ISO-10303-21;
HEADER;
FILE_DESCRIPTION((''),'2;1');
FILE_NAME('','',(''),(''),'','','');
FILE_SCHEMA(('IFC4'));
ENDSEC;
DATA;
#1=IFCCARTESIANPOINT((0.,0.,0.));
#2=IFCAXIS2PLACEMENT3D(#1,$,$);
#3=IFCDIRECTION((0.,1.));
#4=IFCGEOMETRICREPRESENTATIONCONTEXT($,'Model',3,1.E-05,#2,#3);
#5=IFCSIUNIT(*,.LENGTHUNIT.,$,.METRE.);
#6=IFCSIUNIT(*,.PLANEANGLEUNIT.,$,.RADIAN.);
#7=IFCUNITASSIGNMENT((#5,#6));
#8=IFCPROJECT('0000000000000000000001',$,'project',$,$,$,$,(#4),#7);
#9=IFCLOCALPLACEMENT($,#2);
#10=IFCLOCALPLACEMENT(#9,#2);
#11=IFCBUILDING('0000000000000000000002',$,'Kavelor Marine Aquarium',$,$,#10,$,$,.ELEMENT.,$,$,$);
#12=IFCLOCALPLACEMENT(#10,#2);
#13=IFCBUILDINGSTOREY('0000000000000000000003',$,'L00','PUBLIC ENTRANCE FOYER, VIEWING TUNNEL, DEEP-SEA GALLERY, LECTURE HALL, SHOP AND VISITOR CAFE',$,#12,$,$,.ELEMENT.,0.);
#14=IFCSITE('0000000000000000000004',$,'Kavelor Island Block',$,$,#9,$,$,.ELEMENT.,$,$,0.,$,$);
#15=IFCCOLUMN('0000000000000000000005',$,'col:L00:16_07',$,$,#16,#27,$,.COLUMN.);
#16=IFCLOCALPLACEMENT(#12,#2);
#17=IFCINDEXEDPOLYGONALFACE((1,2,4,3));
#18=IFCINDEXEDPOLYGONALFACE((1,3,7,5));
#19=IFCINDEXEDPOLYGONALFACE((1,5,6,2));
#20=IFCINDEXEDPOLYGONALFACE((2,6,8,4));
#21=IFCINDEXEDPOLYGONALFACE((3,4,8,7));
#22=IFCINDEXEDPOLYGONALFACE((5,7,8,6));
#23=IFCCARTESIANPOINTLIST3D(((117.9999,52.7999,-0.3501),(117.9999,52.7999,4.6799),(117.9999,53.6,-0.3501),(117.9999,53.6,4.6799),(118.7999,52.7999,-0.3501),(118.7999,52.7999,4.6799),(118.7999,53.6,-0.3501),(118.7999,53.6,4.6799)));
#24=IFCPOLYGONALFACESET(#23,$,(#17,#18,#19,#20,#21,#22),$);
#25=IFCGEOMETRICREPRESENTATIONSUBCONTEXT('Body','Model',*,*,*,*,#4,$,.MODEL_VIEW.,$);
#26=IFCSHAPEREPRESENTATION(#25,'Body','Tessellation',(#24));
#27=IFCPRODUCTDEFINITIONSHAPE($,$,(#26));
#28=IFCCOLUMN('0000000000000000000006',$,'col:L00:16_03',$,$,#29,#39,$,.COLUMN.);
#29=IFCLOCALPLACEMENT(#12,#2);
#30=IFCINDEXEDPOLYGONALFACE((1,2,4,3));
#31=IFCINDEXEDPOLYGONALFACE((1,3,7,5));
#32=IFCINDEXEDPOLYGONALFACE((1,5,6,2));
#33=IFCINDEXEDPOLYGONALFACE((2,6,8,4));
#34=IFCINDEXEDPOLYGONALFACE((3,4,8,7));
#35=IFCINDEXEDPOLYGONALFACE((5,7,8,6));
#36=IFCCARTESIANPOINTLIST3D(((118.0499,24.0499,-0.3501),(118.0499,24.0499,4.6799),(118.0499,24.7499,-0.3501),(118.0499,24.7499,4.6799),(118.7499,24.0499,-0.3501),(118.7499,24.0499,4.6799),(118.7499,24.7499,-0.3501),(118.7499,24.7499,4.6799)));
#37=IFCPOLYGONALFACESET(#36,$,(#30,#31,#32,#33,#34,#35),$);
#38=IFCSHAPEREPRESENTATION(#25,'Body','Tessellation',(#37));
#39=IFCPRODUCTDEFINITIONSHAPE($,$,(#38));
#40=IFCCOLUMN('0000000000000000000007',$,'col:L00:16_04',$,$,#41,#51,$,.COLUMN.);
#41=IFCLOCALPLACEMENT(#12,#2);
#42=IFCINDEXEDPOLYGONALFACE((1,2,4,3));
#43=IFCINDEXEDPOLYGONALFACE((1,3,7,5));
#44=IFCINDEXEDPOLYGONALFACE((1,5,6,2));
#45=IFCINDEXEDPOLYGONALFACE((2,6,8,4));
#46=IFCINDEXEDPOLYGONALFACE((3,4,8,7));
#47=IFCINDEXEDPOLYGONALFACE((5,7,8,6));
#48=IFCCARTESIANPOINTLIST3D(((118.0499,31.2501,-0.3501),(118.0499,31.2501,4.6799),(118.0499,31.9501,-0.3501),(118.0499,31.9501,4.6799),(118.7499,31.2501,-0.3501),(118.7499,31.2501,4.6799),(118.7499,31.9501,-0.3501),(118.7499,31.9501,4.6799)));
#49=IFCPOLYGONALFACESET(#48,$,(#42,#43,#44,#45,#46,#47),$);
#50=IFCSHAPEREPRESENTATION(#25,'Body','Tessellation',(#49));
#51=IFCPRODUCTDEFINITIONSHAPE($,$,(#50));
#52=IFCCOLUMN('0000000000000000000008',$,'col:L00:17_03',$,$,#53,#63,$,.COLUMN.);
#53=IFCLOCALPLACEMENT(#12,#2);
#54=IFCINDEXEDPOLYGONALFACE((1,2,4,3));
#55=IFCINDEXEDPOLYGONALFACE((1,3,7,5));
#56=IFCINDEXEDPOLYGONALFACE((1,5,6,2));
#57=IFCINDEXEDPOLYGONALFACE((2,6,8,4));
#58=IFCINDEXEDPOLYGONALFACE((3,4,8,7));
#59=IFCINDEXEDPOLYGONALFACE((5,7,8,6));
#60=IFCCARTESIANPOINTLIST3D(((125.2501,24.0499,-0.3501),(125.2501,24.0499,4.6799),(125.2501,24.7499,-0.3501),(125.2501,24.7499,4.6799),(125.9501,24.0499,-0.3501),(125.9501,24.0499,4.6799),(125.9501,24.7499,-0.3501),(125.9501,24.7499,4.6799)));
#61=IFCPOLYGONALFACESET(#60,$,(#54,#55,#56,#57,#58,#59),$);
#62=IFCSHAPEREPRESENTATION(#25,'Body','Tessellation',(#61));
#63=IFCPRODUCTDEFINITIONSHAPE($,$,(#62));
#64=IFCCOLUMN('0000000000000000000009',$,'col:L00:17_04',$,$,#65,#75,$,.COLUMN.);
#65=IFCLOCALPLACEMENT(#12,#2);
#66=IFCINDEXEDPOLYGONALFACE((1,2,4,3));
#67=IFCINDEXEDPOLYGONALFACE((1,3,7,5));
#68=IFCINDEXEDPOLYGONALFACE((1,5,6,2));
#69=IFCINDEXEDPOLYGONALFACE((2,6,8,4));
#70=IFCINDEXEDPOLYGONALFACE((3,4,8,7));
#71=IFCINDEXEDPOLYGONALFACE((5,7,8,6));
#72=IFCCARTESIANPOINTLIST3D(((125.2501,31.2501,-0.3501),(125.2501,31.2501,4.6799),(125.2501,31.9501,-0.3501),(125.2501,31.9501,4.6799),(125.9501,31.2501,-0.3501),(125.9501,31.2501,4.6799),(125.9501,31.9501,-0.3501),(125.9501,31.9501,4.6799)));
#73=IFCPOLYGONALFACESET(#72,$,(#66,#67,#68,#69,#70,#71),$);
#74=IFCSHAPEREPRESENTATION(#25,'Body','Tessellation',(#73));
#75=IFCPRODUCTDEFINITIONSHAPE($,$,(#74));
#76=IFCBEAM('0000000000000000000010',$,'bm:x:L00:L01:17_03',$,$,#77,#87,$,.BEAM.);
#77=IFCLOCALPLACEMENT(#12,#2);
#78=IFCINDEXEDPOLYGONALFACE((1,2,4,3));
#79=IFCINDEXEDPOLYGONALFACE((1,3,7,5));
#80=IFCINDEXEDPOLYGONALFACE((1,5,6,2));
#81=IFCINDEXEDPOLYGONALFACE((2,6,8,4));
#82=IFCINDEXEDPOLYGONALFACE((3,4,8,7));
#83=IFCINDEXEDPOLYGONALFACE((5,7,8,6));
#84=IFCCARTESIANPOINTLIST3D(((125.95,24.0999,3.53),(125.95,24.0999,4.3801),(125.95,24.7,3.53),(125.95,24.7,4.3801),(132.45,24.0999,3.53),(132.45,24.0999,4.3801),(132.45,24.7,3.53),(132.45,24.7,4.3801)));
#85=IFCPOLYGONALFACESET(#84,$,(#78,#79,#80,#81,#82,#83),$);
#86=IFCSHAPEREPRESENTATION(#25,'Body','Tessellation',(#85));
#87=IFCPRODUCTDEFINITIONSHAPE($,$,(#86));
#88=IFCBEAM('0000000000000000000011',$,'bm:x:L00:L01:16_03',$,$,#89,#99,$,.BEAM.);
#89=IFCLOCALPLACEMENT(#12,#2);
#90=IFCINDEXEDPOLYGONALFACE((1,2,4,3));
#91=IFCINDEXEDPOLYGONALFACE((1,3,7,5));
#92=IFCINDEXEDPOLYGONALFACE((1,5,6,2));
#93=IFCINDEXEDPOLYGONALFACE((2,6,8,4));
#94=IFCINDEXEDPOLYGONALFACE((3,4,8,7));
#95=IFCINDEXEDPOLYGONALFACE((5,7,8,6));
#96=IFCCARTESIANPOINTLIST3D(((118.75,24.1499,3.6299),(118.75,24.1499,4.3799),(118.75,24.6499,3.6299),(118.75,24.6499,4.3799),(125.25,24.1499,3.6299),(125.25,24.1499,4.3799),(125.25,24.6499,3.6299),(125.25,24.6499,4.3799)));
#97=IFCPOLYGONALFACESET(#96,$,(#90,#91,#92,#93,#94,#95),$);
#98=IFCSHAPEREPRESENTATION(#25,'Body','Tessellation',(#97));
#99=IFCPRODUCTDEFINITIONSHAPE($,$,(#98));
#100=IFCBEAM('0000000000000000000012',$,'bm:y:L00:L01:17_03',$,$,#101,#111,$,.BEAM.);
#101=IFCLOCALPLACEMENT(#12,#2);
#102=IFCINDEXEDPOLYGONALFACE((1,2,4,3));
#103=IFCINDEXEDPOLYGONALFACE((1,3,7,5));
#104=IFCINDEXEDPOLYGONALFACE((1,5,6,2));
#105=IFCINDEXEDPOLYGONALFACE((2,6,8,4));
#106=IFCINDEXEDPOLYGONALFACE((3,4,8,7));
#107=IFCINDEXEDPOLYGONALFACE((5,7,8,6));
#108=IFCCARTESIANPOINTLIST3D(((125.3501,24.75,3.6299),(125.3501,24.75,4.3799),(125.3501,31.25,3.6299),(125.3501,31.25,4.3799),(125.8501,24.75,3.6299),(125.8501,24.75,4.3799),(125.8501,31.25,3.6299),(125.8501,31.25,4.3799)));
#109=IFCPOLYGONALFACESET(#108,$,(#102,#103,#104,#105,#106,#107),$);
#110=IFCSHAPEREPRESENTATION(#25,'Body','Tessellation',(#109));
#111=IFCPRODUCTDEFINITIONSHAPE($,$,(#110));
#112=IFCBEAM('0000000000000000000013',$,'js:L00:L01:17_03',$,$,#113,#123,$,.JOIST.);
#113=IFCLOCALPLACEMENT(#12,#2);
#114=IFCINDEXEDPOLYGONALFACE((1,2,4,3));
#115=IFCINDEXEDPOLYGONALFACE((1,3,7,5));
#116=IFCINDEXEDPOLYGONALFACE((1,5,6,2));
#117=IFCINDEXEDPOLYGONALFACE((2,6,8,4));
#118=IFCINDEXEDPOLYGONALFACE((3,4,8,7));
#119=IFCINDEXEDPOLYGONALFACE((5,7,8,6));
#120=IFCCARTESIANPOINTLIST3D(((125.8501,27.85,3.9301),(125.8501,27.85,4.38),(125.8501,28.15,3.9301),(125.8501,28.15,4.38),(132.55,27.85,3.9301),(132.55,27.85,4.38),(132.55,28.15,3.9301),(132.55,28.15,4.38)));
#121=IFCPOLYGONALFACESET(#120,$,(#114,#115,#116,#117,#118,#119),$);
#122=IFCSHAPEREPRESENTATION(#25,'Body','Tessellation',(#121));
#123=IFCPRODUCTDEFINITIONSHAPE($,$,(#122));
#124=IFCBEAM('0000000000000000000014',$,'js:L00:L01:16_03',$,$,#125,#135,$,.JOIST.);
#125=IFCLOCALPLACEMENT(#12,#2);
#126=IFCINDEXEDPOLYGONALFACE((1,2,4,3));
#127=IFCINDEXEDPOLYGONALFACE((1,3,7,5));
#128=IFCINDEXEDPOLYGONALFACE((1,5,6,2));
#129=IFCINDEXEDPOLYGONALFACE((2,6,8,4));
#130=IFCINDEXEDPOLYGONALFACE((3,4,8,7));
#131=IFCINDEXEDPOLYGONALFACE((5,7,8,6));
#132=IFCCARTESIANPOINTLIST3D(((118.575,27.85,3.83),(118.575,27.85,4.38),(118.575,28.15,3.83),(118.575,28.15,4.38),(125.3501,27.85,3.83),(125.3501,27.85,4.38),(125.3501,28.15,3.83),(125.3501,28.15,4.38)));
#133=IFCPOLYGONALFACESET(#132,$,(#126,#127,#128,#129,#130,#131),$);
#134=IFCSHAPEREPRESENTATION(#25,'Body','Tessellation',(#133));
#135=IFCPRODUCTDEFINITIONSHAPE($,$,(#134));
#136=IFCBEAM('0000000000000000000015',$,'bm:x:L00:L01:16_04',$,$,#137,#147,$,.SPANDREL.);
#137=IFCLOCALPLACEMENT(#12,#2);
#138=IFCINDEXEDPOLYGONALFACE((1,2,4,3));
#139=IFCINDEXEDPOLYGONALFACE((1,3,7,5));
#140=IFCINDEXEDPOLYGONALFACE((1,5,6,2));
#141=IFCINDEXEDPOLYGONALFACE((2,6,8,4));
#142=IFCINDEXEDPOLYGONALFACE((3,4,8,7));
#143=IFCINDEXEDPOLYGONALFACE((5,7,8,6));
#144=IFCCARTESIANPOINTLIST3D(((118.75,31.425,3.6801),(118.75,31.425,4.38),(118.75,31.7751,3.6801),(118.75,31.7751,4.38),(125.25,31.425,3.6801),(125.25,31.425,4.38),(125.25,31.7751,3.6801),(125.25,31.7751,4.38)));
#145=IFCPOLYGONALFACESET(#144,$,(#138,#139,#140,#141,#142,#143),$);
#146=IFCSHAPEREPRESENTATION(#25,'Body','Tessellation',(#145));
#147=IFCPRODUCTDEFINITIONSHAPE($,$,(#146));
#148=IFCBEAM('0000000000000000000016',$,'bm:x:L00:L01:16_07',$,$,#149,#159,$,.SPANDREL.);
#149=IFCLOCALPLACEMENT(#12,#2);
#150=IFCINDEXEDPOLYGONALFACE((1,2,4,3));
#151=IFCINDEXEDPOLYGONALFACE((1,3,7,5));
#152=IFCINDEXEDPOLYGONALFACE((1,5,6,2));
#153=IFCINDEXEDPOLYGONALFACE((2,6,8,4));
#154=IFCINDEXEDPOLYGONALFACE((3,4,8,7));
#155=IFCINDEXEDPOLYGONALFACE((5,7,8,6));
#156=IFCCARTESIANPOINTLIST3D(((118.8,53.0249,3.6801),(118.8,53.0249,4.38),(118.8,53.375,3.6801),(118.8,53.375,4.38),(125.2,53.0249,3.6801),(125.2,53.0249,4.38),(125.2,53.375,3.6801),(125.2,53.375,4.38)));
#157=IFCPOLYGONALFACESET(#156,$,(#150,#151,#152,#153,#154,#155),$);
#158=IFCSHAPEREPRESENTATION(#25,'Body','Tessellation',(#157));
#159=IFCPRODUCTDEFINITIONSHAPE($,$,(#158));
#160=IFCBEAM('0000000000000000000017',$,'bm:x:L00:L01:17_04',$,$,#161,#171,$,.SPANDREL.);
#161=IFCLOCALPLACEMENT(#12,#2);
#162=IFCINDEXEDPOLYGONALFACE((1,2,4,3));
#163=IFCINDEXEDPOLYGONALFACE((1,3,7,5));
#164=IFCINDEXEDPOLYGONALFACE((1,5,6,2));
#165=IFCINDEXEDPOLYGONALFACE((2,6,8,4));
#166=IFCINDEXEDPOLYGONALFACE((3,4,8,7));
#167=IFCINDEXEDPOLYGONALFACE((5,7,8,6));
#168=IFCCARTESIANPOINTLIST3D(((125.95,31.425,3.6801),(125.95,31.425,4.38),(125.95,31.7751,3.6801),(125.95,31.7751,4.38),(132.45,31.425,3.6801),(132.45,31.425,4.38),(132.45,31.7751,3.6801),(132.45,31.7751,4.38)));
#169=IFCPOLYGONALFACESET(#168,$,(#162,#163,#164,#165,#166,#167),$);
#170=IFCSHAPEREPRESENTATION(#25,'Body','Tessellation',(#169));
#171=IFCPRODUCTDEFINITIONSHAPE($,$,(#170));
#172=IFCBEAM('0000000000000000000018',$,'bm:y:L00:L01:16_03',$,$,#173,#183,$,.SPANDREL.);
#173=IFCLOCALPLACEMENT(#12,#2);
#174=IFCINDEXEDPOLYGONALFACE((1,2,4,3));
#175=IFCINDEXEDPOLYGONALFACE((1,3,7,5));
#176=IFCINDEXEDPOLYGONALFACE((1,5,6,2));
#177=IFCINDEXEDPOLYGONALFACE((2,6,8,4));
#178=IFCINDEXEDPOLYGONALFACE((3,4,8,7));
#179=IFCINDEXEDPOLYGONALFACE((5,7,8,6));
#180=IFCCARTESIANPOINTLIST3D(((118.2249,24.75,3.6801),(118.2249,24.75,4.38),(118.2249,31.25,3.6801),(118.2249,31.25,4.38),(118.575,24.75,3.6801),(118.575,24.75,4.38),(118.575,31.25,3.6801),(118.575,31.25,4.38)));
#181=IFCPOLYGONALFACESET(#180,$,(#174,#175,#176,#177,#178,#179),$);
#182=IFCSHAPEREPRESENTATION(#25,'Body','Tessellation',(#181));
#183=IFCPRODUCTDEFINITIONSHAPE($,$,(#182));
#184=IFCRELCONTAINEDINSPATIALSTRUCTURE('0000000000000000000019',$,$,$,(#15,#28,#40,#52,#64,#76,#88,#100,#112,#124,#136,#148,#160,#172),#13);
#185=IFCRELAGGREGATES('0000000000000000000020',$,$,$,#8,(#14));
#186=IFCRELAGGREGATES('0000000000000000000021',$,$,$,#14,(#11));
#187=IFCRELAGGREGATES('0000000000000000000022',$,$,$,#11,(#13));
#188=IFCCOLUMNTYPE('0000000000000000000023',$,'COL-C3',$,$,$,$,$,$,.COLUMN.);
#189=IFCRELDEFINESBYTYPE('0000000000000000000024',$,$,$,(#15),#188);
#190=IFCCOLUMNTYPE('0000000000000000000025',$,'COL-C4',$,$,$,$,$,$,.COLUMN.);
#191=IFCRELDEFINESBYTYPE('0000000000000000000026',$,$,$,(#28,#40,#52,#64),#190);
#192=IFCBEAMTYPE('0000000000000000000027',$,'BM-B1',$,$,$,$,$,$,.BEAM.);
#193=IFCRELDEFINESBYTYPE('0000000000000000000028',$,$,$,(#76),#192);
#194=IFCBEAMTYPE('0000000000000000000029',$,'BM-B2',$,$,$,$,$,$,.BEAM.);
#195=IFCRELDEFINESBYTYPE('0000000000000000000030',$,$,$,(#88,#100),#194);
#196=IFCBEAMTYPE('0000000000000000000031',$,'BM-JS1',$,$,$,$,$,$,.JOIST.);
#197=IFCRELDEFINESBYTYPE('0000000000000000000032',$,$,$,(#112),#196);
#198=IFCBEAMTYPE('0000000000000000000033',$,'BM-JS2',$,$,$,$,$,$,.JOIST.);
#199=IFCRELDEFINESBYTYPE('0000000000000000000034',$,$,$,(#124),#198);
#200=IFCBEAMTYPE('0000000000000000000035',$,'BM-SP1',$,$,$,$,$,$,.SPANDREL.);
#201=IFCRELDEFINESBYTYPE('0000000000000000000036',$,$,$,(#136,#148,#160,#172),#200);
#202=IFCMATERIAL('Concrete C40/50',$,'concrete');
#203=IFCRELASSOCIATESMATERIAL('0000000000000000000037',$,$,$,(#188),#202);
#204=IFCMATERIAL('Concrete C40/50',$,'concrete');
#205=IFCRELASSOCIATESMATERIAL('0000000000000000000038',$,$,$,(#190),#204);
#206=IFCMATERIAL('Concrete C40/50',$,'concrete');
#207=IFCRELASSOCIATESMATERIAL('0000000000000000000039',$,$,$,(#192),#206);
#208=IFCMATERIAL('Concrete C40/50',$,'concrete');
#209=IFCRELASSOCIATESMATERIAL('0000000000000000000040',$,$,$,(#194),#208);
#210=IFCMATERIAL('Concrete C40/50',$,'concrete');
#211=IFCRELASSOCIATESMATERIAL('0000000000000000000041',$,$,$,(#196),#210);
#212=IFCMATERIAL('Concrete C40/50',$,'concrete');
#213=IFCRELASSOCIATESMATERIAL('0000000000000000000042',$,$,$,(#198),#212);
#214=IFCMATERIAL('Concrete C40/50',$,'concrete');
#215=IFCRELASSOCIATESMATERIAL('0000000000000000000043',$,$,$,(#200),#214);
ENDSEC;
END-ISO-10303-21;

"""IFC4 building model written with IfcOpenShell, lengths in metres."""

from ifc_helpers import new_model, si_unit, direction, frame, origin, origin_2d, place, context, subcontext, project, spatial, rectangle, extrude, material, material_profile, profile_set, type_object, element, save


model = new_model("IFC4")

# Units and contexts
model_context = context("Model", 3, precision=1e-05, world=origin(), true_north=direction((0.0, 1.0)))
body_context = subcontext(model_context, "Body", "Model", "MODEL_VIEW")
ifc_project = project(units=[si_unit("LENGTHUNIT", "METRE"), si_unit("PLANEANGLEUNIT", "RADIAN")], contexts=[model_context])

# Site, building, storey
site_placement = place(None, origin())
site = spatial("IfcSite", under=ifc_project, at=site_placement, Name="Kavelor Island Block", CompositionType="ELEMENT", RefElevation=0.0)
building_placement = place(site_placement, origin())
building = spatial("IfcBuilding", under=site, at=building_placement, Name="Kavelor Marine Aquarium", CompositionType="ELEMENT")
storey_placement = place(building_placement, origin())
storey = spatial("IfcBuildingStorey", under=building, at=storey_placement, Name="L00", Description="PUBLIC ENTRANCE FOYER, VIEWING TUNNEL, DEEP-SEA GALLERY, LECTURE HALL, SHOP AND VISITOR CAFE", CompositionType="ELEMENT", Elevation=0.0)

# Columns
ifc_material_1 = material(Name="Concrete C40/50", Category="concrete")
ifc_material_profile_1 = material_profile(ifc_material_1, rectangle(XDim=0.8, YDim=0.8, at=origin_2d()), Name="RC-COL 800x800")
ifc_profile_set_1 = profile_set([ifc_material_profile_1], Name="Concrete C40/50")
column_type_1 = type_object("IfcColumnType", Name="COL-C3", PredefinedType="COLUMN", material=ifc_profile_set_1)
column_placement = place(storey_placement, frame((118.3999, 53.2, -0.3501), z_axis=(0.0, 0.0, 1.0), x_axis=(1.0, 0.0, 0.0)))
element("IfcColumn", 1, at=column_placement, inside=storey, type_object=column_type_1, Name="col:L00:16_07", PredefinedType="COLUMN", context=body_context, shape_type="SweptSolid", body=[
    extrude(rectangle(XDim=0.8, YDim=0.8, at=origin_2d()), origin(), (0.0, 0.0, 1.0), 5.03),
])
ifc_material_2 = material(Name="Concrete C40/50", Category="concrete")
ifc_material_profile_2 = material_profile(ifc_material_2, rectangle(XDim=0.7, YDim=0.7, at=origin_2d()), Name="RC-COL 700x700")
ifc_profile_set_2 = profile_set([ifc_material_profile_2], Name="Concrete C40/50")
column_type_2 = type_object("IfcColumnType", Name="COL-C4", PredefinedType="COLUMN", material=ifc_profile_set_2)
for number, where, z_axis, x_axis, name in (
    (2, (118.3999, 24.3999, -0.3501), (0.0, 0.0, 1.0), (1.0, 0.0, 0.0), "col:L00:16_03"),
    (3, (118.3999, 31.6001, -0.3501), (0.0, 0.0, 1.0), (1.0, 0.0, 0.0), "col:L00:16_04"),
    (4, (125.6001, 24.3999, -0.3501), (0.0, 0.0, 1.0), (1.0, 0.0, 0.0), "col:L00:17_03"),
    (5, (125.6001, 31.6001, -0.3501), (0.0, 0.0, 1.0), (1.0, 0.0, 0.0), "col:L00:17_04"),
):
    element("IfcColumn", number, at=place(storey_placement, frame(where, z_axis=z_axis, x_axis=x_axis)), inside=storey, type_object=column_type_2, Name=name, PredefinedType="COLUMN", context=body_context, shape_type="SweptSolid", body=[
        extrude(rectangle(XDim=0.7, YDim=0.7, at=origin_2d()), origin(), (0.0, 0.0, 1.0), 5.03),
    ])

# Beams
ifc_material_3 = material(Name="Concrete C40/50", Category="concrete")
ifc_material_profile_3 = material_profile(ifc_material_3, rectangle(XDim=0.6001, YDim=0.8501, at=origin_2d()), Name="RC-BM 600x850")
ifc_profile_set_3 = profile_set([ifc_material_profile_3], Name="Concrete C40/50")
beam_type_1 = type_object("IfcBeamType", Name="BM-B1", PredefinedType="BEAM", material=ifc_profile_set_3)
beam_1_placement = place(storey_placement, frame((125.95, 24.3999, 3.9551), z_axis=(1.0, 0.0, 0.0), x_axis=(0.0, 1.0, 0.0)))
element("IfcBeam", 6, at=beam_1_placement, inside=storey, type_object=beam_type_1, Name="bm:x:L00:L01:17_03", PredefinedType="BEAM", context=body_context, shape_type="SweptSolid", body=[
    extrude(rectangle(XDim=0.6001, YDim=0.8501, at=origin_2d()), origin(), (0.0, 0.0, 1.0), 6.5),
])
ifc_material_4 = material(Name="Concrete C40/50", Category="concrete")
ifc_material_profile_4 = material_profile(ifc_material_4, rectangle(XDim=0.5, YDim=0.75, at=origin_2d()), Name="RC-BM 500x750")
ifc_profile_set_4 = profile_set([ifc_material_profile_4], Name="Concrete C40/50")
beam_type_2 = type_object("IfcBeamType", Name="BM-B2", PredefinedType="BEAM", material=ifc_profile_set_4)
for number, where, z_axis, x_axis, name in (
    (7, (118.75, 24.3999, 4.0049), (1.0, 0.0, 0.0), (0.0, 1.0, 0.0), "bm:x:L00:L01:16_03"),
    (8, (125.6001, 24.75, 4.0049), (0.0, 1.0, 0.0), (-1.0, 0.0, 0.0), "bm:y:L00:L01:17_03"),
):
    element("IfcBeam", number, at=place(storey_placement, frame(where, z_axis=z_axis, x_axis=x_axis)), inside=storey, type_object=beam_type_2, Name=name, PredefinedType="BEAM", context=body_context, shape_type="SweptSolid", body=[
        extrude(rectangle(XDim=0.5, YDim=0.75, at=origin_2d()), origin(), (0.0, 0.0, 1.0), 6.5),
    ])
ifc_material_5 = material(Name="Concrete C40/50", Category="concrete")
ifc_material_profile_5 = material_profile(ifc_material_5, rectangle(XDim=0.3, YDim=0.45, at=origin_2d()), Name="RC-JS 300x450")
ifc_profile_set_5 = profile_set([ifc_material_profile_5], Name="Concrete C40/50")
beam_type_3 = type_object("IfcBeamType", Name="BM-JS1", PredefinedType="JOIST", material=ifc_profile_set_5)
beam_2_placement = place(storey_placement, frame((125.8501, 28.0, 4.155), z_axis=(1.0, 0.0, 0.0), x_axis=(0.0, 1.0, 0.0)))
element("IfcBeam", 9, at=beam_2_placement, inside=storey, type_object=beam_type_3, Name="js:L00:L01:17_03", PredefinedType="JOIST", context=body_context, shape_type="SweptSolid", body=[
    extrude(rectangle(XDim=0.3, YDim=0.45, at=origin_2d()), origin(), (0.0, 0.0, 1.0), 6.7),
])
ifc_material_6 = material(Name="Concrete C40/50", Category="concrete")
ifc_material_profile_6 = material_profile(ifc_material_6, rectangle(XDim=0.3, YDim=0.55, at=origin_2d()), Name="RC-JS 300x550")
ifc_profile_set_6 = profile_set([ifc_material_profile_6], Name="Concrete C40/50")
beam_type_4 = type_object("IfcBeamType", Name="BM-JS2", PredefinedType="JOIST", material=ifc_profile_set_6)
beam_3_placement = place(storey_placement, frame((118.575, 28.0, 4.105), z_axis=(1.0, 0.0, 0.0), x_axis=(0.0, 1.0, 0.0)))
element("IfcBeam", 10, at=beam_3_placement, inside=storey, type_object=beam_type_4, Name="js:L00:L01:16_03", PredefinedType="JOIST", context=body_context, shape_type="SweptSolid", body=[
    extrude(rectangle(XDim=0.3, YDim=0.55, at=origin_2d()), origin(), (0.0, 0.0, 1.0), 6.7751),
])
ifc_material_7 = material(Name="Concrete C40/50", Category="concrete")
ifc_material_profile_7 = material_profile(ifc_material_7, rectangle(XDim=0.3501, YDim=0.7, at=origin_2d()), Name="RC-SP 350x700")
ifc_profile_set_7 = profile_set([ifc_material_profile_7], Name="Concrete C40/50")
beam_type_5 = type_object("IfcBeamType", Name="BM-SP1", PredefinedType="SPANDREL", material=ifc_profile_set_7)
beam_4_placement = place(storey_placement, frame((118.75, 31.6001, 4.03), z_axis=(1.0, 0.0, 0.0), x_axis=(0.0, 1.0, 0.0)))
element("IfcBeam", 11, at=beam_4_placement, inside=storey, type_object=beam_type_5, Name="bm:x:L00:L01:16_04", PredefinedType="SPANDREL", context=body_context, shape_type="SweptSolid", body=[
    extrude(rectangle(XDim=0.3501, YDim=0.7, at=origin_2d()), origin(), (0.0, 0.0, 1.0), 6.5),
])
beam_5_placement = place(storey_placement, frame((118.8, 53.2, 4.03), z_axis=(1.0, 0.0, 0.0), x_axis=(0.0, 1.0, 0.0)))
element("IfcBeam", 12, at=beam_5_placement, inside=storey, type_object=beam_type_5, Name="bm:x:L00:L01:16_07", PredefinedType="SPANDREL", context=body_context, shape_type="SweptSolid", body=[
    extrude(rectangle(XDim=0.3501, YDim=0.7, at=origin_2d()), origin(), (0.0, 0.0, 1.0), 6.3999),
])
for number, where, z_axis, x_axis, name in (
    (13, (125.95, 31.6001, 4.03), (1.0, 0.0, 0.0), (0.0, 1.0, 0.0), "bm:x:L00:L01:17_04"),
    (14, (118.3999, 24.75, 4.03), (0.0, 1.0, 0.0), (-1.0, 0.0, 0.0), "bm:y:L00:L01:16_03"),
):
    element("IfcBeam", number, at=place(storey_placement, frame(where, z_axis=z_axis, x_axis=x_axis)), inside=storey, type_object=beam_type_5, Name=name, PredefinedType="SPANDREL", context=body_context, shape_type="SweptSolid", body=[
        extrude(rectangle(XDim=0.3501, YDim=0.7, at=origin_2d()), origin(), (0.0, 0.0, 1.0), 6.5),
    ])

save(model, "model.ifc")
